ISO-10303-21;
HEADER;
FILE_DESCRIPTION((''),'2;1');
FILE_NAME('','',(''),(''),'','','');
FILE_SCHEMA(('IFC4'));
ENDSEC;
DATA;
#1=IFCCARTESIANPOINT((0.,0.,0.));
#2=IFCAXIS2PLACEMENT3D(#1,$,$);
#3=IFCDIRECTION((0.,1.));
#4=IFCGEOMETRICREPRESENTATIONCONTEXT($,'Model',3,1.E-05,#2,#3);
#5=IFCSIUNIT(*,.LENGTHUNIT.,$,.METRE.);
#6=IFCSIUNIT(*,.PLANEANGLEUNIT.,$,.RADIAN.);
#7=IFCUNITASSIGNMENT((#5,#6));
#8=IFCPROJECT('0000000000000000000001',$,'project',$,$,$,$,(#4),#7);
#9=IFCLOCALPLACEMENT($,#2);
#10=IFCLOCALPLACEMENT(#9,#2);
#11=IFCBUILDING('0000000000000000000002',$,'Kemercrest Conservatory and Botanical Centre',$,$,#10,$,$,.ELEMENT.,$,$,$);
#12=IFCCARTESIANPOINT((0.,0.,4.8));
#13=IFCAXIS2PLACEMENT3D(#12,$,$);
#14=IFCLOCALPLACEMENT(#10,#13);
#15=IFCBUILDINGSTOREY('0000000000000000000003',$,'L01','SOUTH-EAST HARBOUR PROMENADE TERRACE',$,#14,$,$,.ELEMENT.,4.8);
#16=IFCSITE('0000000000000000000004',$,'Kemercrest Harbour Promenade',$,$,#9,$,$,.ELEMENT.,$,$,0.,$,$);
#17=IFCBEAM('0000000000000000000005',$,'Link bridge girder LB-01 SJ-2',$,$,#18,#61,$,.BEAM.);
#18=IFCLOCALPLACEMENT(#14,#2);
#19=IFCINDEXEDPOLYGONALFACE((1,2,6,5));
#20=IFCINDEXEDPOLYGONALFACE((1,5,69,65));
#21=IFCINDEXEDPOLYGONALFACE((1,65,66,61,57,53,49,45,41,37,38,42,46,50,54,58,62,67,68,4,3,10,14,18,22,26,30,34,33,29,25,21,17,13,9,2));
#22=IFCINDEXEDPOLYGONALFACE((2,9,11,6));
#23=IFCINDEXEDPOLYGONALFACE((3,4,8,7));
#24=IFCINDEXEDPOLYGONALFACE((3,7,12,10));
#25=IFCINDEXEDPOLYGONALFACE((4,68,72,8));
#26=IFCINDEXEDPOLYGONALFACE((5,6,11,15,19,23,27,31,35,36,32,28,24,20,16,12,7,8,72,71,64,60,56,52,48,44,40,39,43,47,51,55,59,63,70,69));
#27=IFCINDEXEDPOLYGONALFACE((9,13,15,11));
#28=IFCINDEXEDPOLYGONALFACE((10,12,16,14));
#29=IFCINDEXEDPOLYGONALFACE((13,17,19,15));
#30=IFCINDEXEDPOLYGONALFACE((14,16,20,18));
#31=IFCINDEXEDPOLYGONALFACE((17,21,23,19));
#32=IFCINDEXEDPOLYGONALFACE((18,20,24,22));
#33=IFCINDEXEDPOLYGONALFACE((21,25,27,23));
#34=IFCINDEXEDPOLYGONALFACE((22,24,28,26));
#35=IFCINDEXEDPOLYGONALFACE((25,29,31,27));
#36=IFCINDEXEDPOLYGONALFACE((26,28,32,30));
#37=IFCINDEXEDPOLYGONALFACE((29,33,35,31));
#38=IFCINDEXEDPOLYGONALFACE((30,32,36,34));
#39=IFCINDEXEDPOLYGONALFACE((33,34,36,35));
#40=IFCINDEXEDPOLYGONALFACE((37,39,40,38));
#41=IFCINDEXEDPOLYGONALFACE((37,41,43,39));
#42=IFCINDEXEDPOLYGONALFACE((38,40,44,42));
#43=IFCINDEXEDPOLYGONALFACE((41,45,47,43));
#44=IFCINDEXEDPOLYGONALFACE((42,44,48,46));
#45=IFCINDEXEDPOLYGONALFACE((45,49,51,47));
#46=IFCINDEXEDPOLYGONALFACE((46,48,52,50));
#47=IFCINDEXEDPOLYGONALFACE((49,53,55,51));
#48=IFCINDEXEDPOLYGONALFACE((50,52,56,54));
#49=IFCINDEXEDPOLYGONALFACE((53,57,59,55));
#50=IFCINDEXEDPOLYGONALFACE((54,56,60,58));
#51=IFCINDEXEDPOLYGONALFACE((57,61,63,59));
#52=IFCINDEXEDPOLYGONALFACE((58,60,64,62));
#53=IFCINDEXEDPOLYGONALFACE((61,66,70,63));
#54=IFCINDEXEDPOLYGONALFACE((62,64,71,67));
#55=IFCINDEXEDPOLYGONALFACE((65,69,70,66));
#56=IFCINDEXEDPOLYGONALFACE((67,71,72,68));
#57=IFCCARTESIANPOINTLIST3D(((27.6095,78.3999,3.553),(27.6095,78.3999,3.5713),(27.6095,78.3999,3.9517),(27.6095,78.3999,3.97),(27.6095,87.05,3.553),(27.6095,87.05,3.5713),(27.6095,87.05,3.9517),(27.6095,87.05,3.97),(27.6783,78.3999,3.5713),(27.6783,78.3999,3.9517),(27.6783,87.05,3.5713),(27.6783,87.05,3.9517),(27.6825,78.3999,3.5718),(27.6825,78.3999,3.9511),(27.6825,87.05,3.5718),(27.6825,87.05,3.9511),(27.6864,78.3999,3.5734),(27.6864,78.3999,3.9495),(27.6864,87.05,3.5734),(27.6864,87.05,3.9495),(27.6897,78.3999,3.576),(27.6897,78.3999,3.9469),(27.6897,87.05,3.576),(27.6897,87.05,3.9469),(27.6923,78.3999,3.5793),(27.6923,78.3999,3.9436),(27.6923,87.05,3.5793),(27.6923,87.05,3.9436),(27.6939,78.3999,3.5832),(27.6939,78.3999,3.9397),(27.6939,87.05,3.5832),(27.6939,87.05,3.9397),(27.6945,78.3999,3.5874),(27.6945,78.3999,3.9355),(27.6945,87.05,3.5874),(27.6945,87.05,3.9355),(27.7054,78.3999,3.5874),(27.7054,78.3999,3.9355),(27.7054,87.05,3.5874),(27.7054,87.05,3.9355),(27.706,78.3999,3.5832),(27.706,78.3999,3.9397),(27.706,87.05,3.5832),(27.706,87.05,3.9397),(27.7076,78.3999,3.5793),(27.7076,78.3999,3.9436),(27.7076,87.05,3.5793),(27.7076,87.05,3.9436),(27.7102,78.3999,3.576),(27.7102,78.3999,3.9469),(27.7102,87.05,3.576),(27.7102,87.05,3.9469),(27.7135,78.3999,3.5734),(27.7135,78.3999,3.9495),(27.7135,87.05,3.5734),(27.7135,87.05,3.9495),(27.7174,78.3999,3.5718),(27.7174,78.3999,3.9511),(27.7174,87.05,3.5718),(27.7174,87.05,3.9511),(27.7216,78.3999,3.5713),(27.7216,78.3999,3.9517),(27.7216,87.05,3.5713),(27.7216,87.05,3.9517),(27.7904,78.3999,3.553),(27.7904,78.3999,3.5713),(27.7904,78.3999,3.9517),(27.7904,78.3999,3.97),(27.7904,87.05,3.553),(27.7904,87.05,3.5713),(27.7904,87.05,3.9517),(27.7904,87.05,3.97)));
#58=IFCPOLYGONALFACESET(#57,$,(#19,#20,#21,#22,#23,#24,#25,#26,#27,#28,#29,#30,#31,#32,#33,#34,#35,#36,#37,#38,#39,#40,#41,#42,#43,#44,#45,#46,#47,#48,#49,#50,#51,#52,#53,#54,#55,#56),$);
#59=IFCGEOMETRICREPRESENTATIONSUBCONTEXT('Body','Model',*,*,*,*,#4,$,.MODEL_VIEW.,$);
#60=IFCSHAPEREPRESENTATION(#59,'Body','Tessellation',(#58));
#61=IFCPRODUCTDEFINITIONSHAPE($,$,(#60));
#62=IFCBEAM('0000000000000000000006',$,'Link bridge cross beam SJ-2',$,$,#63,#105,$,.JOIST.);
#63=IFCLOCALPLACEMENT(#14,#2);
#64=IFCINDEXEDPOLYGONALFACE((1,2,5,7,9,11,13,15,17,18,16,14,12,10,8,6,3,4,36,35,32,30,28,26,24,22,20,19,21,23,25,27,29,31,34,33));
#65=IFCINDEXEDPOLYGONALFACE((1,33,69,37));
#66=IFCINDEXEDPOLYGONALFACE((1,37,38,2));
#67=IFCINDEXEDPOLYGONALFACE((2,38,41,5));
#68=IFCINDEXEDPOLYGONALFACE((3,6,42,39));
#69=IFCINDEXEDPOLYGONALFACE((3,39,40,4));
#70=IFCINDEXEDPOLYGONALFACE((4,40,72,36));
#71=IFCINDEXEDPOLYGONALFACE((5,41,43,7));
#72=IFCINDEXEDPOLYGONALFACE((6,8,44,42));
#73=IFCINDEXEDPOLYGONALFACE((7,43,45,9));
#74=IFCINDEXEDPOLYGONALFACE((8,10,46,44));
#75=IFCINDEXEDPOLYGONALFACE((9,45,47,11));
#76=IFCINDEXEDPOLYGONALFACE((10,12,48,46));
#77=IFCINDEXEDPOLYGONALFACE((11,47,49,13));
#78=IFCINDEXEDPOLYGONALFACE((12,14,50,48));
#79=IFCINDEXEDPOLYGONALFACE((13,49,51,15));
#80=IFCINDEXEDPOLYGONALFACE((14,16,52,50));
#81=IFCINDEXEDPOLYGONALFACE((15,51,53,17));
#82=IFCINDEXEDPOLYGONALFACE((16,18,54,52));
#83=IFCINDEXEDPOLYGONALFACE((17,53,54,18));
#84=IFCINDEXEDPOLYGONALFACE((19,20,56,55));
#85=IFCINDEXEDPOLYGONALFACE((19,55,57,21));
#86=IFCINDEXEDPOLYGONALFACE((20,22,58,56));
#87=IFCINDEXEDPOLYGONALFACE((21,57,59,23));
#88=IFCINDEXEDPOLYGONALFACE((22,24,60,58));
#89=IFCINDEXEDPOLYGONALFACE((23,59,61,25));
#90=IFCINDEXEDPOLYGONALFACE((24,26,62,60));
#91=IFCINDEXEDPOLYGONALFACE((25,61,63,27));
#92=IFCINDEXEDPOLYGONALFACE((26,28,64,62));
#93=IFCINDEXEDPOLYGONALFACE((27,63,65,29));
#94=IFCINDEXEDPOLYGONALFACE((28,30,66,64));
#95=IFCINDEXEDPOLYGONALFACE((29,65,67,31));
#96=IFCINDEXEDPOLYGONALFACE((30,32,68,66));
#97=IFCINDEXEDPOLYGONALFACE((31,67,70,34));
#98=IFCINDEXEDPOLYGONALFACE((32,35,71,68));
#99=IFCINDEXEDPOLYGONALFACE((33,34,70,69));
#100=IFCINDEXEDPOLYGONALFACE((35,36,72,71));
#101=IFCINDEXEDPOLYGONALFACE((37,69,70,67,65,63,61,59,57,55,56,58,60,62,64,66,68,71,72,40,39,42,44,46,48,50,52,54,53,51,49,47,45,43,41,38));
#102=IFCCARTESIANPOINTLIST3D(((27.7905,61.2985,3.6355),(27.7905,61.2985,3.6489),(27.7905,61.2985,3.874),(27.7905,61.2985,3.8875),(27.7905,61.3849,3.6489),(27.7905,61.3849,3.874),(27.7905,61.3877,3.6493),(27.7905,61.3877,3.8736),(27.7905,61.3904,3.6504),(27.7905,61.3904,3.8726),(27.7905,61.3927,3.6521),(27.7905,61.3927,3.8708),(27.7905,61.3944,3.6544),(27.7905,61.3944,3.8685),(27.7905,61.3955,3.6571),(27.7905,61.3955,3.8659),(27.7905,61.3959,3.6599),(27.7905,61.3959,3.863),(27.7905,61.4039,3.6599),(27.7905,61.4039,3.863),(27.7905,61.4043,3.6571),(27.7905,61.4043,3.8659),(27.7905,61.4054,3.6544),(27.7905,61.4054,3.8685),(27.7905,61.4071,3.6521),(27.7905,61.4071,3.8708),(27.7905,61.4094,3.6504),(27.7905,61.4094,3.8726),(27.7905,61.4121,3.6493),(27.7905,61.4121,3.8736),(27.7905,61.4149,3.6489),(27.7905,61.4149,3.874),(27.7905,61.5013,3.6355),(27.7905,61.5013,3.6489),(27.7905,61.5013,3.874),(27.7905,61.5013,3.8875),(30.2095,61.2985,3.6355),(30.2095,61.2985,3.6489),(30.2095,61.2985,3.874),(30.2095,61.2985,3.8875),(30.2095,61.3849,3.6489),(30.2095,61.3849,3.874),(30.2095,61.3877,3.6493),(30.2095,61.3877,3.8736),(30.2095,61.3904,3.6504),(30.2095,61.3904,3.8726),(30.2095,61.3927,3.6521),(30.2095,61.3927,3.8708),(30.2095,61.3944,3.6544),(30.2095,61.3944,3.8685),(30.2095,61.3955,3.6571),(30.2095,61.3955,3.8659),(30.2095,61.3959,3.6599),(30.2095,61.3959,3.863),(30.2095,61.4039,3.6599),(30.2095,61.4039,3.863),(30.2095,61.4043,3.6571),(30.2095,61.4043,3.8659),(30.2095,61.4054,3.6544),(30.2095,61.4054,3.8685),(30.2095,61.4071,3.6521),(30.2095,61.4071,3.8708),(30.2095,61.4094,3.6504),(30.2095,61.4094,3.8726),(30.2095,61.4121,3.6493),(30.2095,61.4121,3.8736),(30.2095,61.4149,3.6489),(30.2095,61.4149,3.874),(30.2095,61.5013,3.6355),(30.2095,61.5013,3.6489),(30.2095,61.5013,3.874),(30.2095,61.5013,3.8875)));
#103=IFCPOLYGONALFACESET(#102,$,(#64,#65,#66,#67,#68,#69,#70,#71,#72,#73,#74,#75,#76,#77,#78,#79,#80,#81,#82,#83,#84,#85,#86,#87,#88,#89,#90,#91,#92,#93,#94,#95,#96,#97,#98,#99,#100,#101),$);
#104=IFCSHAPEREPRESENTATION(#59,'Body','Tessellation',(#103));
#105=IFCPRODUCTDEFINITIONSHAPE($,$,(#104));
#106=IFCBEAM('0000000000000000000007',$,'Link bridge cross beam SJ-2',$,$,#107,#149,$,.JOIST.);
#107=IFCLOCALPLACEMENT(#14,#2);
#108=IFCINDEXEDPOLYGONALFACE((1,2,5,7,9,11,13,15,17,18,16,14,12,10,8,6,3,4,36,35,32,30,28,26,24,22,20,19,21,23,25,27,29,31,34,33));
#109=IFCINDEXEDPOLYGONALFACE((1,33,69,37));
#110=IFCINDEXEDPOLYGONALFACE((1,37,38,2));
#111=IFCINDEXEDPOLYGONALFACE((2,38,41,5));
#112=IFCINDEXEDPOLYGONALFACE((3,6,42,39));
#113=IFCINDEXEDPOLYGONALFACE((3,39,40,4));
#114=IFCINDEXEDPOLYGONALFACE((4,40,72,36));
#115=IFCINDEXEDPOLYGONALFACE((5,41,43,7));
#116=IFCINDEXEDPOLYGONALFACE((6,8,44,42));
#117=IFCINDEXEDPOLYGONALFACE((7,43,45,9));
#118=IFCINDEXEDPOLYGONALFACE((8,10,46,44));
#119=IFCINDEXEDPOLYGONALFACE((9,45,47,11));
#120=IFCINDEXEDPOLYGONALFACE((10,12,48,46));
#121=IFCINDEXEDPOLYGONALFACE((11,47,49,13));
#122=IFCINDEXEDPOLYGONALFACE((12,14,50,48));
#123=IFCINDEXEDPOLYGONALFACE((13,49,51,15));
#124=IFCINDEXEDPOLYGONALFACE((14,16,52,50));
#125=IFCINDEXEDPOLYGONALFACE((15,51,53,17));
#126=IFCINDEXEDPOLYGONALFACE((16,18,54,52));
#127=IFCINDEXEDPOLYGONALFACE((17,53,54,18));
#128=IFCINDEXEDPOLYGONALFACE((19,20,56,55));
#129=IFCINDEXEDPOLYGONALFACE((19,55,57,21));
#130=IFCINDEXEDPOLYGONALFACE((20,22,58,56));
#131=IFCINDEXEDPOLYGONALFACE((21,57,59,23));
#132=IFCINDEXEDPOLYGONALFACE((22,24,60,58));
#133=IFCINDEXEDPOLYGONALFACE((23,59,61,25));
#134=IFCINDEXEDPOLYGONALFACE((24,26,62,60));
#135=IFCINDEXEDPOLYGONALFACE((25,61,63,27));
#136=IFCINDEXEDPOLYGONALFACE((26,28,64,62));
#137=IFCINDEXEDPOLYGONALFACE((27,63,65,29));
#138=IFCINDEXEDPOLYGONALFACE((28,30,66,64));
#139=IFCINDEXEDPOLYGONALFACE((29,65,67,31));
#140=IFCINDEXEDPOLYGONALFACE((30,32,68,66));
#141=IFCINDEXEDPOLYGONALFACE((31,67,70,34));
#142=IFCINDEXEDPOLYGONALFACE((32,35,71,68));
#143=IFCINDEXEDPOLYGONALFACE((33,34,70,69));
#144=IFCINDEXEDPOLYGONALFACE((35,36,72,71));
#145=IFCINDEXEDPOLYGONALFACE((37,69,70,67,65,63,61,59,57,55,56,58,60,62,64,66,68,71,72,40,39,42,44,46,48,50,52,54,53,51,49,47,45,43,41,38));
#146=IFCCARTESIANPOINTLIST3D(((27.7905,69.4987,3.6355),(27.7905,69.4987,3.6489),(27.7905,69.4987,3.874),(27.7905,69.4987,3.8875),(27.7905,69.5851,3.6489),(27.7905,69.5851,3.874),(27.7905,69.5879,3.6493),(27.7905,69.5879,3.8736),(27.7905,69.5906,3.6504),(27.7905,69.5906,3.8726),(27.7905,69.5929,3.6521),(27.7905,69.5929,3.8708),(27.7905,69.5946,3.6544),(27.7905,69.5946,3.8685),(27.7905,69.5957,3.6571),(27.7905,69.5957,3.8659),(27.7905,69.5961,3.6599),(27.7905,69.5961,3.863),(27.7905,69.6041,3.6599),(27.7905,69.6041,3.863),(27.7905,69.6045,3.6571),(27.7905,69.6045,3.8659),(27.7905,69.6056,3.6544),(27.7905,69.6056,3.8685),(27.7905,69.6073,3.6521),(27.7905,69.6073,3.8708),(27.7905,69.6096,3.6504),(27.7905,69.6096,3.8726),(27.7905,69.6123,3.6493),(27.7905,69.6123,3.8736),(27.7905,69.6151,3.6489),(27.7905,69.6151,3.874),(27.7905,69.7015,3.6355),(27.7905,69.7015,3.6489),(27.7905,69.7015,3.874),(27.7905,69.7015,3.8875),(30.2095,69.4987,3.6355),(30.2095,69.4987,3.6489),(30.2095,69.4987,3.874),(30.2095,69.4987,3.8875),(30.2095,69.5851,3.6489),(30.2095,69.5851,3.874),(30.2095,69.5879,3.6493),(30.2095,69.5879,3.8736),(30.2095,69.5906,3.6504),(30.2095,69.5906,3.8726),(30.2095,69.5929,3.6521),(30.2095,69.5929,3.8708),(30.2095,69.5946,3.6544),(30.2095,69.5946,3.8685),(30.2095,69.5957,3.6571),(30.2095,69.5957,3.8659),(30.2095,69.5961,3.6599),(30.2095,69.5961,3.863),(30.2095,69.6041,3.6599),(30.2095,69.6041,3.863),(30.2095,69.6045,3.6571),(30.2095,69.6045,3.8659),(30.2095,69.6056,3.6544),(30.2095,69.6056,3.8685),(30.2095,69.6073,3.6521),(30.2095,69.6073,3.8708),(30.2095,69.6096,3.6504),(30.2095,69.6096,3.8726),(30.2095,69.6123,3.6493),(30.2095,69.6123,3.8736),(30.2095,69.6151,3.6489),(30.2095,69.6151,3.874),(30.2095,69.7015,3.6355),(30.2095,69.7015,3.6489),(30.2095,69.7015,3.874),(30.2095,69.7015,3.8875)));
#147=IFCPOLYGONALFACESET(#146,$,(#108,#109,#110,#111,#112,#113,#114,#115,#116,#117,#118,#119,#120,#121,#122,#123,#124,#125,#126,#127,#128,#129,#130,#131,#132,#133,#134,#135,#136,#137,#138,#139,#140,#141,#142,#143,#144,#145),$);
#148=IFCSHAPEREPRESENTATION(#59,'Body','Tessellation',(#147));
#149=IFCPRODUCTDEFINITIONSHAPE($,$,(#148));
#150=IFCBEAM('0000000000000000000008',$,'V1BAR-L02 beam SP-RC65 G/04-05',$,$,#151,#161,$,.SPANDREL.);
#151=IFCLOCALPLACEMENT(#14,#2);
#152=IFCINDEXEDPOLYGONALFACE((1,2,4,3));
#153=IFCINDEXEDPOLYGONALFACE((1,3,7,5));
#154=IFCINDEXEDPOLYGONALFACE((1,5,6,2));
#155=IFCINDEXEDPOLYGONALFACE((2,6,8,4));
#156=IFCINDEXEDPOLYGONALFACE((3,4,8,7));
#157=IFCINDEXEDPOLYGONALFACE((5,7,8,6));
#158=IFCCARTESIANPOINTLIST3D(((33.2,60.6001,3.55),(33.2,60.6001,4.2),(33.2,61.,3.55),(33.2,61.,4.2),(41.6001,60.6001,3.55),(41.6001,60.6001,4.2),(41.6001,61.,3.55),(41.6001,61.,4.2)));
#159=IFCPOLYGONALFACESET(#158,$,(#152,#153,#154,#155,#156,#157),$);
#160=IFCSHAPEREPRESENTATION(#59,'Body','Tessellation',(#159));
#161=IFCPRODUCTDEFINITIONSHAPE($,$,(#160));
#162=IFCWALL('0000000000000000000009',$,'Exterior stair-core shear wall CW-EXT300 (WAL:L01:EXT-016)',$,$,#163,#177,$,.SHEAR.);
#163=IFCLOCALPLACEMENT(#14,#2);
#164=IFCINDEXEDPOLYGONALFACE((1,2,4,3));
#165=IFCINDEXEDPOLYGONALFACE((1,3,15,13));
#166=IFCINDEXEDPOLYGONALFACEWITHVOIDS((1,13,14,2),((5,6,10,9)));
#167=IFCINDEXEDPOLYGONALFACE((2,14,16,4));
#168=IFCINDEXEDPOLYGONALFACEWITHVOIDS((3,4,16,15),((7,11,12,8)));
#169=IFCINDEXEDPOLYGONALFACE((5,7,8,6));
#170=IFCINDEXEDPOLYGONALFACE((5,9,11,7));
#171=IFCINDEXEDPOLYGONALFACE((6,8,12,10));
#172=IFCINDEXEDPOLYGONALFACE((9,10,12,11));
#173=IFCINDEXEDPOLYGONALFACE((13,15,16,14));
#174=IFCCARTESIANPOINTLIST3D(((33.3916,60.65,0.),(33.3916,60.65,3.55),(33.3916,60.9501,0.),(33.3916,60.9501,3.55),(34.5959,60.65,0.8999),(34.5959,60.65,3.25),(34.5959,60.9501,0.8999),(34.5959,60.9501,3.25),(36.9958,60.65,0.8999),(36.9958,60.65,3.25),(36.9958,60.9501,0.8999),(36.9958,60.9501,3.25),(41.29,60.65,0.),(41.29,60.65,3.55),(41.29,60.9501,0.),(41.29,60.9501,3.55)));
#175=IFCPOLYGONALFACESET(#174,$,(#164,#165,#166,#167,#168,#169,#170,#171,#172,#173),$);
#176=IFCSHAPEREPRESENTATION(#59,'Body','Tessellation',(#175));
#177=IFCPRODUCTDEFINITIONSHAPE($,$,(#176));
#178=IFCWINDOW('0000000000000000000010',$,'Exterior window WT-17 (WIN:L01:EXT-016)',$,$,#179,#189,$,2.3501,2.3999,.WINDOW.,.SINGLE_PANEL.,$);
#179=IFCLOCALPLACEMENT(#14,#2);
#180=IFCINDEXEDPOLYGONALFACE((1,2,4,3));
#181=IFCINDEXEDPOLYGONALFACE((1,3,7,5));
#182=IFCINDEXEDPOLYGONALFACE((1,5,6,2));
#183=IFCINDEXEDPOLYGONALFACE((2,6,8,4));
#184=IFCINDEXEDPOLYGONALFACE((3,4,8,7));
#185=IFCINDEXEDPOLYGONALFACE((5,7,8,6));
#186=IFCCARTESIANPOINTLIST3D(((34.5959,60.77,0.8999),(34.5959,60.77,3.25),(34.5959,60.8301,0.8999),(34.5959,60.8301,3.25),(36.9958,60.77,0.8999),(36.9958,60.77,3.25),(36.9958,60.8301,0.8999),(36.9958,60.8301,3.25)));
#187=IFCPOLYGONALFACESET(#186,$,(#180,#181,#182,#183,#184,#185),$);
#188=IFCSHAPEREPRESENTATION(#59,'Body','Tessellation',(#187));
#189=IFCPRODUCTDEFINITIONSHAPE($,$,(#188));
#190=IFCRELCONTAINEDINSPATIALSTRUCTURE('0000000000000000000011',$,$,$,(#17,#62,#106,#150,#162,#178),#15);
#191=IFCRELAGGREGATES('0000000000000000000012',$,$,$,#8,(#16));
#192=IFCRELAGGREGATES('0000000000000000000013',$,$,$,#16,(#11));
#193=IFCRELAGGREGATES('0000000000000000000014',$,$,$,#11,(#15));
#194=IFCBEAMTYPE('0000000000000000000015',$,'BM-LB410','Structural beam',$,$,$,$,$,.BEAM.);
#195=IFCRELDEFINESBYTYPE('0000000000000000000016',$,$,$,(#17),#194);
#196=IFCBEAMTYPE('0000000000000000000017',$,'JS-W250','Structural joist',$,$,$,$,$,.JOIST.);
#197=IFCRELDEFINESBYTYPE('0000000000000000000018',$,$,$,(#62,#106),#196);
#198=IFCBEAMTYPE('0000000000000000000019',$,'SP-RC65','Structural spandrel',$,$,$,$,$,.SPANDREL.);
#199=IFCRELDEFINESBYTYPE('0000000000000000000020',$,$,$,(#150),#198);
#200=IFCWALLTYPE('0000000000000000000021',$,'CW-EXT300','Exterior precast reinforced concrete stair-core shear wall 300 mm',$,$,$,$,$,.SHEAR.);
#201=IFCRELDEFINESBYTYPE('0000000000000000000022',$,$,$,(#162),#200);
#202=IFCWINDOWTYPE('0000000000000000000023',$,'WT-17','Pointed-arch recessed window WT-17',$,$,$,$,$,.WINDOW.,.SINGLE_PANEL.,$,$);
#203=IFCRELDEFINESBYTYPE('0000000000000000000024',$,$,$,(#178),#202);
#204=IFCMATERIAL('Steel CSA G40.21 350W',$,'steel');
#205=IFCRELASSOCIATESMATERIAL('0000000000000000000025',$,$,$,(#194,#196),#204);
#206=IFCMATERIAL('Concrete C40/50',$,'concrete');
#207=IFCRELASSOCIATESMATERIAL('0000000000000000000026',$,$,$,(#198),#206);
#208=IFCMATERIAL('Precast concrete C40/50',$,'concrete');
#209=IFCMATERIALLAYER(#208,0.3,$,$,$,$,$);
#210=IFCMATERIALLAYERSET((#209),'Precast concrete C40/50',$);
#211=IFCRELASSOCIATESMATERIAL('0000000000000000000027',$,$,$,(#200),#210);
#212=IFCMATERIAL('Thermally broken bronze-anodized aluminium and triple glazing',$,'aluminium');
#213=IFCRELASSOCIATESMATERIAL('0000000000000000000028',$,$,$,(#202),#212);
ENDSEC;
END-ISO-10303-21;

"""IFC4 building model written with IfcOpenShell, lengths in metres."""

from ifc_helpers import new_model, si_unit, direction, frame, frame_2d, origin, origin_2d, place, context, subcontext, project, spatial, rectangle, i_section, extrude, material, layer, layer_set, material_profile, profile_set, type_object, element, fill, save


model = new_model("IFC4")

# Units and contexts
model_context = context("Model", 3, precision=1e-05, world=origin(), true_north=direction((0.0, 1.0)))
body_context = subcontext(model_context, "Body", "Model", "MODEL_VIEW")
ifc_project = project(units=[si_unit("LENGTHUNIT", "METRE"), si_unit("PLANEANGLEUNIT", "RADIAN")], contexts=[model_context])

# Site, building, storey
site_placement = place(None, origin())
site = spatial("IfcSite", under=ifc_project, at=site_placement, Name="Kemercrest Harbour Promenade", CompositionType="ELEMENT", RefElevation=0.0)
building_placement = place(site_placement, origin())
building = spatial("IfcBuilding", under=site, at=building_placement, Name="Kemercrest Conservatory and Botanical Centre", CompositionType="ELEMENT")
storey_placement = place(building_placement, frame((0.0, 0.0, 4.8)))
storey = spatial("IfcBuildingStorey", under=building, at=storey_placement, Name="L01", Description="SOUTH-EAST HARBOUR PROMENADE TERRACE", CompositionType="ELEMENT", Elevation=4.8)

# Shared definitions
ifc_material_1 = material(Name="Concrete C40/50", Category="concrete")
ifc_material_2 = material(Name="Steel CSA G40.21 350W", Category="steel")

# Beams
ifc_material_profile_1 = material_profile(ifc_material_2, i_section(OverallWidth=0.1809, OverallDepth=0.417, WebThickness=0.011, FlangeThickness=0.0183, FilletRadius=0.0161, at=origin_2d()), Name="W410X85")
ifc_profile_set_1 = profile_set([ifc_material_profile_1], Name="Steel CSA G40.21 350W")
beam_type_1 = type_object("IfcBeamType", Name="BM-LB410", Description="Structural beam", PredefinedType="BEAM", material=ifc_profile_set_1)
beam_1_placement = place(storey_placement, frame((27.7, 78.3999, 3.7615), z_axis=(0.0, 1.0, 0.0), x_axis=(-1.0, 0.0, 0.0)))
element("IfcBeam", 1, at=beam_1_placement, inside=storey, type_object=beam_type_1, Name="Link bridge girder LB-01 SJ-2", PredefinedType="BEAM", context=body_context, shape_type="SweptSolid", body=[
    extrude(i_section(OverallWidth=0.1809, OverallDepth=0.417, WebThickness=0.011, FlangeThickness=0.0183, FilletRadius=0.0161, at=origin_2d()), origin(), (0.0, 0.0, 1.0), 8.6501),
])
ifc_material_profile_2 = material_profile(ifc_material_2, i_section(OverallWidth=0.2029, OverallDepth=0.252, WebThickness=0.0081, FlangeThickness=0.0134, FilletRadius=0.011, at=origin_2d()), Name="W250X58")
ifc_profile_set_2 = profile_set([ifc_material_profile_2], Name="Steel CSA G40.21 350W")
beam_type_2 = type_object("IfcBeamType", Name="JS-W250", Description="Structural joist", PredefinedType="JOIST", material=ifc_profile_set_2)
for number, where, z_axis, x_axis, name in (
    (2, (27.7905, 61.3999, 3.7615), (1.0, 0.0, 0.0), (0.0, 1.0, 0.0), "Link bridge cross beam SJ-2"),
    (3, (27.7905, 69.6001, 3.7615), (1.0, 0.0, 0.0), (0.0, 1.0, 0.0), "Link bridge cross beam SJ-2"),
):
    element("IfcBeam", number, at=place(storey_placement, frame(where, z_axis=z_axis, x_axis=x_axis)), inside=storey, type_object=beam_type_2, Name=name, PredefinedType="JOIST", context=body_context, shape_type="SweptSolid", body=[
        extrude(i_section(OverallWidth=0.2029, OverallDepth=0.252, WebThickness=0.0081, FlangeThickness=0.0134, FilletRadius=0.011, at=origin_2d()), origin(), (0.0, 0.0, 1.0), 2.4189),
    ])
ifc_material_profile_3 = material_profile(ifc_material_1, rectangle(XDim=0.3999, YDim=0.6499, at=origin_2d()), Name="RC 400x650")
ifc_profile_set_3 = profile_set([ifc_material_profile_3], Name="Concrete C40/50")
beam_type_3 = type_object("IfcBeamType", Name="SP-RC65", Description="Structural spandrel", PredefinedType="SPANDREL", material=ifc_profile_set_3)
beam_2_placement = place(storey_placement, frame((33.2, 60.8, 3.875), z_axis=(1.0, 0.0, 0.0), x_axis=(0.0, 1.0, 0.0)))
element("IfcBeam", 4, at=beam_2_placement, inside=storey, type_object=beam_type_3, Name="V1BAR-L02 beam SP-RC65 G/04-05", PredefinedType="SPANDREL", context=body_context, shape_type="SweptSolid", body=[
    extrude(rectangle(XDim=0.3999, YDim=0.6499, at=origin_2d()), origin(), (0.0, 0.0, 1.0), 8.4001),
])

# Wall, opening, window
ifc_material_3 = material(Name="Precast concrete C40/50", Category="concrete")
ifc_layer_1 = layer(ifc_material_3, 0.3)
ifc_layer_set_1 = layer_set([ifc_layer_1], Name="Precast concrete C40/50")
wall_type_1 = type_object("IfcWallType", Name="CW-EXT300", Description="Exterior precast reinforced concrete stair-core shear wall 300 mm", PredefinedType="SHEAR", material=ifc_layer_set_1)
wall_1_placement = place(storey_placement, frame((41.29, 60.8, 0.0), z_axis=(0.0, 0.0, 1.0), x_axis=(-1.0, 0.0, 0.0)))
wall_1 = element("IfcWall", 5, at=wall_1_placement, inside=storey, type_object=wall_type_1, Name="Exterior stair-core shear wall CW-EXT300 (WAL:L01:EXT-016)", PredefinedType="SHEAR", context=body_context, shape_type="SweptSolid", body=[
    extrude(rectangle(XDim=7.8984, YDim=0.3, at=frame_2d((3.9492, 0.0))), origin(), (0.0, 0.0, 1.0), 3.55),
])
opening_placement = place(wall_1_placement, frame((4.2942, 0.0, 0.8999)))
opening = element("IfcOpeningElement", 6, at=opening_placement, cuts=wall_1, PredefinedType="OPENING", context=body_context, shape_type="SweptSolid", body=[
    extrude(rectangle(XDim=2.3999, YDim=2.3501, at=frame_2d((1.2, 1.175))), frame((0.0, 0.1602, 0.0), z_axis=(0.0, -1.0, 0.0), x_axis=(1.0, 0.0, 0.0)), (0.0, 0.0, 1.0), 0.3201),
])
ifc_material_4 = material(Name="Thermally broken bronze-anodized aluminium and triple glazing", Category="aluminium")
window_type = type_object("IfcWindowType", Name="WT-17", Description="Pointed-arch recessed window WT-17", PartitioningType="SINGLE_PANEL", PredefinedType="WINDOW", material=ifc_material_4)
window_placement = place(opening_placement, origin())
window = element("IfcWindow", 7, at=window_placement, inside=storey, type_object=window_type, Name="Exterior window WT-17 (WIN:L01:EXT-016)", OverallHeight=2.3501, OverallWidth=2.3999, PartitioningType="SINGLE_PANEL", PredefinedType="WINDOW", context=body_context, shape_type="SweptSolid", body=[
    extrude(rectangle(XDim=2.3999, YDim=2.3501, at=frame_2d((1.2, 1.175))), frame((0.0, 0.03, 0.0), z_axis=(0.0, -1.0, 0.0), x_axis=(1.0, 0.0, 0.0)), (0.0, 0.0, 1.0), 0.0601),
])
fill(opening, window)

save(model, "model.ifc")
